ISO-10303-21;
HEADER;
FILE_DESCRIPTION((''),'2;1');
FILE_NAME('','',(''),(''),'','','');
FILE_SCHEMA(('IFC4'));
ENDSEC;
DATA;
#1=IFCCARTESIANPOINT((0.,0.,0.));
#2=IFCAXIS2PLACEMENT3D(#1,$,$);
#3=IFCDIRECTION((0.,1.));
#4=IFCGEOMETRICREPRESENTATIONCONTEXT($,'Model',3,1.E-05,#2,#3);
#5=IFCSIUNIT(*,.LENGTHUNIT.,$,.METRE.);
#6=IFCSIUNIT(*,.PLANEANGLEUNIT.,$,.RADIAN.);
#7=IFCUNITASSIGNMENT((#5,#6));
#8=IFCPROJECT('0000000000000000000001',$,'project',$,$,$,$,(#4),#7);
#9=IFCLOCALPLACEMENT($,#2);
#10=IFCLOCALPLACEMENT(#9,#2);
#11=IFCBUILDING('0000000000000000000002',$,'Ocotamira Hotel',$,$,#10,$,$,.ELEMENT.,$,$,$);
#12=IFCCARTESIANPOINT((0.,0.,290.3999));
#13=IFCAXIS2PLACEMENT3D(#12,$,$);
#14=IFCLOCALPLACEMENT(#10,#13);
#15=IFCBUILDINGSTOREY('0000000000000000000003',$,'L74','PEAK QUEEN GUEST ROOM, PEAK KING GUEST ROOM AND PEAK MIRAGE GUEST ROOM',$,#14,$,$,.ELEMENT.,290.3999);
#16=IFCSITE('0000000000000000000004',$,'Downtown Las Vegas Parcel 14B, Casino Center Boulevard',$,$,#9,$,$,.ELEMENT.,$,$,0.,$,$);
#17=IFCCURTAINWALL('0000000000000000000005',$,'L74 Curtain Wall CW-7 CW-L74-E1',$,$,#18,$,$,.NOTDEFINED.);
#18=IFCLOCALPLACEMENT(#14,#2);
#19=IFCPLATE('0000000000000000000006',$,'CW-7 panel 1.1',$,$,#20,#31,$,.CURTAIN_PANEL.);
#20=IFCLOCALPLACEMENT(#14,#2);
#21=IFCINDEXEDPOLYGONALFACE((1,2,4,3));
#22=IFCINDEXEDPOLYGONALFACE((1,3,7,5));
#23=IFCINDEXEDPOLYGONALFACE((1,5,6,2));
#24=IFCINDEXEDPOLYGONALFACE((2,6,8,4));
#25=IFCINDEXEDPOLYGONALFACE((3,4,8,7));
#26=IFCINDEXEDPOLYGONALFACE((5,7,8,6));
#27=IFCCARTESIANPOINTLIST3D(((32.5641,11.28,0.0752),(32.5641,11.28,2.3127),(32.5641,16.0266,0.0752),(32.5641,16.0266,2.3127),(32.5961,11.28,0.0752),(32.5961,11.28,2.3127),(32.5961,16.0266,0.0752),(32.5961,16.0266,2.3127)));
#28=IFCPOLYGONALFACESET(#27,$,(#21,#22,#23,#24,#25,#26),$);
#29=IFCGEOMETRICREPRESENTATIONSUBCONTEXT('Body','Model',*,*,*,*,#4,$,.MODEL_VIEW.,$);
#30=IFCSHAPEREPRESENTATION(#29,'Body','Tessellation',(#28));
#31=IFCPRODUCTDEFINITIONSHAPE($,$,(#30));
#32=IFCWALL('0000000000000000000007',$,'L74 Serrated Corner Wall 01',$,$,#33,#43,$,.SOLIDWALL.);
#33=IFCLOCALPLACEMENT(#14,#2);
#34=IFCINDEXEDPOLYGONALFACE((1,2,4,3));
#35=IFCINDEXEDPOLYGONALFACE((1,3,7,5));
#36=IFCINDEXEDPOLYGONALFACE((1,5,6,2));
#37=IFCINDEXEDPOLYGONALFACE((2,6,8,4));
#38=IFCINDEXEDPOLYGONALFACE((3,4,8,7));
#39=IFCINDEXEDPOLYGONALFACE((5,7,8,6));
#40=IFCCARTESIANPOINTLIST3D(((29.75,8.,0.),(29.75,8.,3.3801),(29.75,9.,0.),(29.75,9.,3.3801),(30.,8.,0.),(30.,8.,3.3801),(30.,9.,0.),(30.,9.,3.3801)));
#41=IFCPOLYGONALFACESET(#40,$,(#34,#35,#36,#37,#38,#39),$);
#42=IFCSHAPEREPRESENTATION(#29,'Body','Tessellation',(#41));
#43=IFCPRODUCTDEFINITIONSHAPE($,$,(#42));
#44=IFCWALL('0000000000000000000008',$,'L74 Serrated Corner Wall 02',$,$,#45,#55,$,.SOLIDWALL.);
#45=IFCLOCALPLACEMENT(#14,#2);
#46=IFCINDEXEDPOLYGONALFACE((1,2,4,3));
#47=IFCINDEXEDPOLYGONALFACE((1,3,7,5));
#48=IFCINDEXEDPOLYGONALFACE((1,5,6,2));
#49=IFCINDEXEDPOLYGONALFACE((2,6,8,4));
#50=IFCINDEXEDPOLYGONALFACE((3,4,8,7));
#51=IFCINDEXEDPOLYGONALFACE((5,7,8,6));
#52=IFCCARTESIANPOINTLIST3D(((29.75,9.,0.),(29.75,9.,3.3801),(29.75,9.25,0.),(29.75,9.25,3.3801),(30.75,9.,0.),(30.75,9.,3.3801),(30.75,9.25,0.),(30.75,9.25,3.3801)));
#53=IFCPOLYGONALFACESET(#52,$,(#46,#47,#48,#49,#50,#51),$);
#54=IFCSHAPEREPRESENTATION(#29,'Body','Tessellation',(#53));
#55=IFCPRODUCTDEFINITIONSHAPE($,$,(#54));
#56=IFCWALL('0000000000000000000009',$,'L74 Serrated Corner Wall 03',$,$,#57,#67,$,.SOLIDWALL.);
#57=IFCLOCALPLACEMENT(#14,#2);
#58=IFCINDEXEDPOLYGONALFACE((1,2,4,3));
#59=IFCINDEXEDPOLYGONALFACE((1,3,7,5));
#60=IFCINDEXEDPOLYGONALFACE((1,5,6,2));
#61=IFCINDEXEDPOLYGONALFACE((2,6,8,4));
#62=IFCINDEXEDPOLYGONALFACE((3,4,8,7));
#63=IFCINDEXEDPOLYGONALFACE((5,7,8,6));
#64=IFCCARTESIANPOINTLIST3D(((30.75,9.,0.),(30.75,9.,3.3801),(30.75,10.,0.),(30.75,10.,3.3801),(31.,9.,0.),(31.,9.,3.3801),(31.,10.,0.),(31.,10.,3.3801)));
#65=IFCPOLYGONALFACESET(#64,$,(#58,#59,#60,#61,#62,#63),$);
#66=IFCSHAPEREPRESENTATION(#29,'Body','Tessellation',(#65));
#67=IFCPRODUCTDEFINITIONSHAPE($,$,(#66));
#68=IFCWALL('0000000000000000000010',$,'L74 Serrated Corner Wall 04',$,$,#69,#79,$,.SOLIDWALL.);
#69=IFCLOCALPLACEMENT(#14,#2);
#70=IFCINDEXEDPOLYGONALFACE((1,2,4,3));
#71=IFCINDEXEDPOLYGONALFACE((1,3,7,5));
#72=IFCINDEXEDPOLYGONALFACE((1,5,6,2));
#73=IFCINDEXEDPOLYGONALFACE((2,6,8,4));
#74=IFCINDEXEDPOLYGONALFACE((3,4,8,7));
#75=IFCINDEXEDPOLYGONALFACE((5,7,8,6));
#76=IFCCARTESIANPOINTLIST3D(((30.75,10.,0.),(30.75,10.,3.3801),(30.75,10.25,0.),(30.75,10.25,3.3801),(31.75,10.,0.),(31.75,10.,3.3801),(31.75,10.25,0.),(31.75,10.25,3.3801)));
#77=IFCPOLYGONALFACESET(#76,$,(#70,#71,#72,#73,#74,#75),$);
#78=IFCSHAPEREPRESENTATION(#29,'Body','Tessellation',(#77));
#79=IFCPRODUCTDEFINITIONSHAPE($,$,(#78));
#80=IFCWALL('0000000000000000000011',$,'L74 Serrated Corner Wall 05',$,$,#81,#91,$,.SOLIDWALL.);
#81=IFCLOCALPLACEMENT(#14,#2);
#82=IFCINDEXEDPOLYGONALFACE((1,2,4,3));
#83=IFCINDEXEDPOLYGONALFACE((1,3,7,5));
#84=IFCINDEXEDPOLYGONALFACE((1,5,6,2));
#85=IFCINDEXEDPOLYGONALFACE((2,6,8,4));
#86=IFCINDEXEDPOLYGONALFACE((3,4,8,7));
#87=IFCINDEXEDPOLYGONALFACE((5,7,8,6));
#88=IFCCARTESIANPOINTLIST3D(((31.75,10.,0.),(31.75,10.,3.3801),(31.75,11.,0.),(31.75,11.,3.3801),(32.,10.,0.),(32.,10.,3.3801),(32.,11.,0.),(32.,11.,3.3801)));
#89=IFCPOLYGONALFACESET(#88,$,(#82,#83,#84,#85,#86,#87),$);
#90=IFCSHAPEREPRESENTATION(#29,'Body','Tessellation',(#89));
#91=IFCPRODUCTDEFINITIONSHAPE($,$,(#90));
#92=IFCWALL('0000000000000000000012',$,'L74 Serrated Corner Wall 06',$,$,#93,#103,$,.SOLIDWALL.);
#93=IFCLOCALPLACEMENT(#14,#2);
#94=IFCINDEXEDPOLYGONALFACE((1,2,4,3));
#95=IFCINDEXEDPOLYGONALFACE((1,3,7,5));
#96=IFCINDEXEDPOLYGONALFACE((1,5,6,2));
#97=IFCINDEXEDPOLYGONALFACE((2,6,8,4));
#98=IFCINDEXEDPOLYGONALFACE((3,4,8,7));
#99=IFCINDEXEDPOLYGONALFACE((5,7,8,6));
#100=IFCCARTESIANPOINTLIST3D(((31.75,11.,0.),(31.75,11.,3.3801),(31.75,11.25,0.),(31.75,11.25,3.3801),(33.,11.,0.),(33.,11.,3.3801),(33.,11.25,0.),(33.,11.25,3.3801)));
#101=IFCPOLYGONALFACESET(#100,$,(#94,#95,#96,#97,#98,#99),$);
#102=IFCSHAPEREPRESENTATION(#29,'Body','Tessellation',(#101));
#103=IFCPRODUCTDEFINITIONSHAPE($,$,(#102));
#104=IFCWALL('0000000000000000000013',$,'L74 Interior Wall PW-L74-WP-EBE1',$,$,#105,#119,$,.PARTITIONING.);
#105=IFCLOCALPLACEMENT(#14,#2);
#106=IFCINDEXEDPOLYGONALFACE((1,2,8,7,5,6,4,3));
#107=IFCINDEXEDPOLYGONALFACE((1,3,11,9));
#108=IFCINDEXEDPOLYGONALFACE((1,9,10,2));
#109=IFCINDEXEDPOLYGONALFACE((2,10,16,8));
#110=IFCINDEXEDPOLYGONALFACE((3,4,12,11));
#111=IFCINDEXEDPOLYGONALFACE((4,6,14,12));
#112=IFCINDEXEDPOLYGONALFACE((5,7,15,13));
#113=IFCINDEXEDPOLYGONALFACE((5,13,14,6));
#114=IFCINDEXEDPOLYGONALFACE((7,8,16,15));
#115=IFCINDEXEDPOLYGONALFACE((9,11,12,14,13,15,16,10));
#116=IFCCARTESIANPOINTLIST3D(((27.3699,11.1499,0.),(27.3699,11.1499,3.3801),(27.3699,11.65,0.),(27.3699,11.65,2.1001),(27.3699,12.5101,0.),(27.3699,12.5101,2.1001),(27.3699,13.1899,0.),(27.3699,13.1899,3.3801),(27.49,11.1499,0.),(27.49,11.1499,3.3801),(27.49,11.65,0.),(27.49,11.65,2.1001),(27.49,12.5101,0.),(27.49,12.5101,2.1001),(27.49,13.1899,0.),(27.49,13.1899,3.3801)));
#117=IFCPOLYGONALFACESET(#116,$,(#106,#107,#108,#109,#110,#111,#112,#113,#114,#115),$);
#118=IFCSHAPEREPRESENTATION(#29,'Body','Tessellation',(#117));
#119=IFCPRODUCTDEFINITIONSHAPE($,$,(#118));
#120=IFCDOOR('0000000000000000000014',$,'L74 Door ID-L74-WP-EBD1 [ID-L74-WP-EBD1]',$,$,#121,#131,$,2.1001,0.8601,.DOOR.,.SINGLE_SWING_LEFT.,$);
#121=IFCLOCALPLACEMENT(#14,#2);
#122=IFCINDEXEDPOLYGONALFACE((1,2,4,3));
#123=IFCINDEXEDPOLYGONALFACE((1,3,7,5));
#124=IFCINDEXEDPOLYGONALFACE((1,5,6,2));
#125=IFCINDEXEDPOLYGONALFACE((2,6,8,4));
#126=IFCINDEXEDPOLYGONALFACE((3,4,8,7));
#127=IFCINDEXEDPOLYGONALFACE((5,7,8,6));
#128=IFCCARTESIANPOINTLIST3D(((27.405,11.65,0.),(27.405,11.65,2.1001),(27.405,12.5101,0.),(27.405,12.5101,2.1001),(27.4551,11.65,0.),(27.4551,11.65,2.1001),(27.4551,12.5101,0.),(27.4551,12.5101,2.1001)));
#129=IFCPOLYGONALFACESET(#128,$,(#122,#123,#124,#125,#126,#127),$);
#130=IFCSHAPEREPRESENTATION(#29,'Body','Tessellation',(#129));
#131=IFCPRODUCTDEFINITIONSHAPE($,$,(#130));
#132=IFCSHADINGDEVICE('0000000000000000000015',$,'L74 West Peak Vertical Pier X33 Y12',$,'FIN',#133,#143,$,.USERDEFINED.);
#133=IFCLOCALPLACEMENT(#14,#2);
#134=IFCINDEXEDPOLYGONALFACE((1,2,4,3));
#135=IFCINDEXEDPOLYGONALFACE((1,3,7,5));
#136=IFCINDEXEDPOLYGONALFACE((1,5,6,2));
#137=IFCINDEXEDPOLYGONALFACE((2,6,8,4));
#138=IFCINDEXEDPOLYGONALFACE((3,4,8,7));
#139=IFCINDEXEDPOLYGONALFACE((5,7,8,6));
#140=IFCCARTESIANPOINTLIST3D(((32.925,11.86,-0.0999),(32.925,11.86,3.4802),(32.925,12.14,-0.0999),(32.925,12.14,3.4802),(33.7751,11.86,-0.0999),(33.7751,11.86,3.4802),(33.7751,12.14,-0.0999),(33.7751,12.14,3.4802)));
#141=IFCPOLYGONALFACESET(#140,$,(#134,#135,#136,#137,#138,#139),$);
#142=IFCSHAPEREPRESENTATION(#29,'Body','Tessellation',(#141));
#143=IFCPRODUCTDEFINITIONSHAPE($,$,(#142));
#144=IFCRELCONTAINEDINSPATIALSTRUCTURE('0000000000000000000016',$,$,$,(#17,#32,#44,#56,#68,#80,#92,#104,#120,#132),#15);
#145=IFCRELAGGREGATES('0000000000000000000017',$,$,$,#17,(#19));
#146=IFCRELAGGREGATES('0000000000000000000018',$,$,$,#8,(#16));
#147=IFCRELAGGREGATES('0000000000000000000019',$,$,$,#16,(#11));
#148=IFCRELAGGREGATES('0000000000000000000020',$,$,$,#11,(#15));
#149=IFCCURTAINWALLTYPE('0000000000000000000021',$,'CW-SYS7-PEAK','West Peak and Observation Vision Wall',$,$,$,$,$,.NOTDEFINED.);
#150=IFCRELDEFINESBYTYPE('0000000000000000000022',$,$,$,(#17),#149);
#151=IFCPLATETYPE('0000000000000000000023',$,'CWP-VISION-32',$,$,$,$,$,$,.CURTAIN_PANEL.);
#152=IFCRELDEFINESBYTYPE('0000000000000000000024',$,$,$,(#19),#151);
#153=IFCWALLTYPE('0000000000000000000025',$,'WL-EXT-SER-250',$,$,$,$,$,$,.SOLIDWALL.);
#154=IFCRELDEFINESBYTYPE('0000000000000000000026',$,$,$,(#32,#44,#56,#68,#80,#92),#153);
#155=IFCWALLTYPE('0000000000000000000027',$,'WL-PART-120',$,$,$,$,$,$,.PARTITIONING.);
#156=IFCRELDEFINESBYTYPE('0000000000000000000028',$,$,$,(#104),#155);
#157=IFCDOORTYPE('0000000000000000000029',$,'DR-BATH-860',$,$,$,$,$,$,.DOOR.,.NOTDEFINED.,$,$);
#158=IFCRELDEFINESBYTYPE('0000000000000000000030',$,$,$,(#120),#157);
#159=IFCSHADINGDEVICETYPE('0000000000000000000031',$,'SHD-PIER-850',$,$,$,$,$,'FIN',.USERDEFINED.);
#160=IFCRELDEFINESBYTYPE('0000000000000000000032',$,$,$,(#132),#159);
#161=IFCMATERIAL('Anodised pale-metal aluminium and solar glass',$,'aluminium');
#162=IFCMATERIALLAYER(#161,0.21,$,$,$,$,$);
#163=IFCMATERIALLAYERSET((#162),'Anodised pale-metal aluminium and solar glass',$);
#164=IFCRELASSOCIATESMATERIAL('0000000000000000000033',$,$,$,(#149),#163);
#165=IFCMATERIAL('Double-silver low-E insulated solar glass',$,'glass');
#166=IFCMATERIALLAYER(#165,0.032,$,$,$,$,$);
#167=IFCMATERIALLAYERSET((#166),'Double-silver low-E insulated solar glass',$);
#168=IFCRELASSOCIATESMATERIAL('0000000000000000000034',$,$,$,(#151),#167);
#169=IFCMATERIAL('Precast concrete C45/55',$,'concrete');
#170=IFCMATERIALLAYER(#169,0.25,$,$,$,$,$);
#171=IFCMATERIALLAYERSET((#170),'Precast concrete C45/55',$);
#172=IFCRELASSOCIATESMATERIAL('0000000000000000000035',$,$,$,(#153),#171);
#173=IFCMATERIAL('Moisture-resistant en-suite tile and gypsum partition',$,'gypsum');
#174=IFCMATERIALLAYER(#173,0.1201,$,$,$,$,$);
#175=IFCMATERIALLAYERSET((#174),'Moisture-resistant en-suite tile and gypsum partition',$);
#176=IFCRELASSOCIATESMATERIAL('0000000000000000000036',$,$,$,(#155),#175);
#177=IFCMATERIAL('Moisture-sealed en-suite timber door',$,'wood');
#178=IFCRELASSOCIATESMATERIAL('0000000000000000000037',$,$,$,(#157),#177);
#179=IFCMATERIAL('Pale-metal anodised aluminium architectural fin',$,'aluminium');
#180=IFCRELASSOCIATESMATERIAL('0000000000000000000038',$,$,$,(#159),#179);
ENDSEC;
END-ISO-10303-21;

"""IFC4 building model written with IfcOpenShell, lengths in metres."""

from ifc_helpers import new_model, si_unit, direction, frame, frame_2d, origin, origin_2d, place, context, subcontext, project, spatial, rectangle, extrude, source, transform, mapped, material, layer, layer_set, type_object, element, fill, aggregate, save


model = new_model("IFC4")

# Units and contexts
model_context = context("Model", 3, precision=1e-05, world=origin(), true_north=direction((0.0, 1.0)))
body_context = subcontext(model_context, "Body", "Model", "MODEL_VIEW")
ifc_project = project(units=[si_unit("LENGTHUNIT", "METRE"), si_unit("PLANEANGLEUNIT", "RADIAN")], contexts=[model_context])

# Site, building, storey
site_placement = place(None, origin())
site = spatial("IfcSite", under=ifc_project, at=site_placement, Name="Downtown Las Vegas Parcel 14B, Casino Center Boulevard", CompositionType="ELEMENT", RefElevation=0.0)
building_placement = place(site_placement, origin())
building = spatial("IfcBuilding", under=site, at=building_placement, Name="Ocotamira Hotel", CompositionType="ELEMENT")
storey_placement = place(building_placement, frame((0.0, 0.0, 290.3999)))
storey = spatial("IfcBuildingStorey", under=building, at=storey_placement, Name="L74", Description="PEAK QUEEN GUEST ROOM, PEAK KING GUEST ROOM AND PEAK MIRAGE GUEST ROOM", CompositionType="ELEMENT", Elevation=290.3999)

# Shared definitions
ifc_material_1 = material(Name="Anodised pale-metal aluminium and solar glass", Category="aluminium")
ifc_layer_1 = layer(ifc_material_1, 0.21)
ifc_layer_set_1 = layer_set([ifc_layer_1], Name="Anodised pale-metal aluminium and solar glass")
curtain_wall_type = type_object("IfcCurtainWallType", Name="CW-SYS7-PEAK", Description="West Peak and Observation Vision Wall", PredefinedType="NOTDEFINED", material=ifc_layer_set_1)

# Curtain wall
curtain_wall_1_placement = place(storey_placement, origin())
curtain_wall_1 = element("IfcCurtainWall", 1, at=curtain_wall_1_placement, inside=storey, type_object=curtain_wall_type, Name="L74 Curtain Wall CW-7 CW-L74-E1", PredefinedType="NOTDEFINED")

# Plate
ifc_material_2 = material(Name="Double-silver low-E insulated solar glass", Category="glass")
ifc_layer_2 = layer(ifc_material_2, 0.032)
ifc_layer_set_2 = layer_set([ifc_layer_2], Name="Double-silver low-E insulated solar glass")
plate_type = type_object("IfcPlateType", Name="CWP-VISION-32", PredefinedType="CURTAIN_PANEL", material=ifc_layer_set_2)
shared_shape_1 = source(origin(), body_context, "Body", "SweptSolid", [
    extrude(rectangle(XDim=4.7466, YDim=0.032, at=origin_2d()), origin(), (0.0, 0.0, 1.0), 2.2375),
])
plate_1_placement = place(storey_placement, frame((32.5801, 13.6533, 0.0752), z_axis=(0.0, 0.0, 1.0), x_axis=(0.0, 1.0, 0.0)))
plate_1 = element("IfcPlate", 2, at=plate_1_placement, type_object=plate_type, Name="CW-7 panel 1.1", PredefinedType="CURTAIN_PANEL", context=body_context, shape_type="MappedRepresentation", body=[
    mapped(shared_shape_1, transform((0.0, 0.0, 0.0), scale=1.0)),
])
aggregate(curtain_wall_1, [plate_1])

# Walls
ifc_material_3 = material(Name="Precast concrete C45/55", Category="concrete")
ifc_layer_3 = layer(ifc_material_3, 0.25)
ifc_layer_set_3 = layer_set([ifc_layer_3], Name="Precast concrete C45/55")
wall_type_1 = type_object("IfcWallType", Name="WL-EXT-SER-250", PredefinedType="SOLIDWALL", material=ifc_layer_set_3)
for number, where, z_axis, x_axis, name in (
    (3, (29.875, 8.0, 0.0), (0.0, 0.0, 1.0), (0.0, 1.0, 0.0), "L74 Serrated Corner Wall 01"),
    (4, (29.75, 9.125, 0.0), (0.0, 0.0, 1.0), (1.0, 0.0, 0.0), "L74 Serrated Corner Wall 02"),
    (5, (30.875, 9.0, 0.0), (0.0, 0.0, 1.0), (0.0, 1.0, 0.0), "L74 Serrated Corner Wall 03"),
    (6, (30.75, 10.125, 0.0), (0.0, 0.0, 1.0), (1.0, 0.0, 0.0), "L74 Serrated Corner Wall 04"),
    (7, (31.875, 10.0, 0.0), (0.0, 0.0, 1.0), (0.0, 1.0, 0.0), "L74 Serrated Corner Wall 05"),
):
    element("IfcWall", number, at=place(storey_placement, frame(where, z_axis=z_axis, x_axis=x_axis)), inside=storey, type_object=wall_type_1, Name=name, PredefinedType="SOLIDWALL", context=body_context, shape_type="SweptSolid", body=[
        extrude(rectangle(XDim=1.0, YDim=0.25, at=frame_2d((0.5, 0.0))), origin(), (0.0, 0.0, 1.0), 3.3801),
    ])
wall_1_placement = place(storey_placement, frame((31.75, 11.125, 0.0), z_axis=(0.0, 0.0, 1.0), x_axis=(1.0, 0.0, 0.0)))
element("IfcWall", 8, at=wall_1_placement, inside=storey, type_object=wall_type_1, Name="L74 Serrated Corner Wall 06", PredefinedType="SOLIDWALL", context=body_context, shape_type="SweptSolid", body=[
    extrude(rectangle(XDim=1.25, YDim=0.25, at=frame_2d((0.625, 0.0))), origin(), (0.0, 0.0, 1.0), 3.3801),
])

# Wall, opening, door
ifc_material_4 = material(Name="Moisture-resistant en-suite tile and gypsum partition", Category="gypsum")
ifc_layer_4 = layer(ifc_material_4, 0.1201)
ifc_layer_set_4 = layer_set([ifc_layer_4], Name="Moisture-resistant en-suite tile and gypsum partition")
wall_type_2 = type_object("IfcWallType", Name="WL-PART-120", PredefinedType="PARTITIONING", material=ifc_layer_set_4)
wall_2_placement = place(storey_placement, frame((27.4299, 11.1499, 0.0), z_axis=(0.0, 0.0, 1.0), x_axis=(0.0, 1.0, 0.0)))
wall_2 = element("IfcWall", 9, at=wall_2_placement, inside=storey, type_object=wall_type_2, Name="L74 Interior Wall PW-L74-WP-EBE1", PredefinedType="PARTITIONING", context=body_context, shape_type="SweptSolid", body=[
    extrude(rectangle(XDim=2.04, YDim=0.1201, at=frame_2d((1.02, 0.0))), origin(), (0.0, 0.0, 1.0), 3.3801),
])
opening_placement = place(wall_2_placement, frame((0.5, 0.0, 0.0)))
opening = element("IfcOpeningElement", 10, at=opening_placement, cuts=wall_2, PredefinedType="OPENING", context=body_context, shape_type="SweptSolid", body=[
    extrude(rectangle(XDim=0.8601, YDim=2.1001, at=frame_2d((0.4302, 1.05))), frame((0.0, 0.0701, 0.0), z_axis=(0.0, -1.0, 0.0), x_axis=(1.0, 0.0, 0.0)), (0.0, 0.0, 1.0), 0.1401),
])
ifc_material_5 = material(Name="Moisture-sealed en-suite timber door", Category="wood")
door_type = type_object("IfcDoorType", Name="DR-BATH-860", OperationType="NOTDEFINED", PredefinedType="DOOR", material=ifc_material_5)
shared_shape_2 = source(origin(), body_context, "Body", "SweptSolid", [
    extrude(rectangle(XDim=0.8601, YDim=2.1001, at=frame_2d((0.4302, 1.05))), frame((0.0, 0.0249, 0.0), z_axis=(0.0, -1.0, 0.0), x_axis=(1.0, 0.0, 0.0)), (0.0, 0.0, 1.0), 0.05),
])
door_placement = place(opening_placement, origin())
door = element("IfcDoor", 11, at=door_placement, inside=storey, type_object=door_type, Name="L74 Door ID-L74-WP-EBD1 [ID-L74-WP-EBD1]", OperationType="SINGLE_SWING_LEFT", OverallHeight=2.1001, OverallWidth=0.8601, PredefinedType="DOOR", context=body_context, shape_type="MappedRepresentation", body=[
    mapped(shared_shape_2, transform((0.0, 0.0, 0.0), scale=1.0)),
])
fill(opening, door)

# Shading device
ifc_material_6 = material(Name="Pale-metal anodised aluminium architectural fin", Category="aluminium")
shading_device_type = type_object("IfcShadingDeviceType", Name="SHD-PIER-850", ElementType="FIN", PredefinedType="USERDEFINED", material=ifc_material_6)
shared_shape_3 = source(origin(), body_context, "Body", "SweptSolid", [
    extrude(rectangle(XDim=0.8501, YDim=0.28, at=origin_2d()), origin(), (0.0, 0.0, 1.0), 3.5801),
])
shading_device_placement = place(storey_placement, frame((33.3501, 12.0, -0.0999), z_axis=(0.0, 0.0, 1.0), x_axis=(1.0, 0.0, 0.0)))
element("IfcShadingDevice", 12, at=shading_device_placement, inside=storey, type_object=shading_device_type, Name="L74 West Peak Vertical Pier X33 Y12", ObjectType="FIN", PredefinedType="USERDEFINED", context=body_context, shape_type="MappedRepresentation", body=[
    mapped(shared_shape_3, transform((0.0, 0.0, 0.0), scale=1.0)),
])

save(model, "model.ifc")
